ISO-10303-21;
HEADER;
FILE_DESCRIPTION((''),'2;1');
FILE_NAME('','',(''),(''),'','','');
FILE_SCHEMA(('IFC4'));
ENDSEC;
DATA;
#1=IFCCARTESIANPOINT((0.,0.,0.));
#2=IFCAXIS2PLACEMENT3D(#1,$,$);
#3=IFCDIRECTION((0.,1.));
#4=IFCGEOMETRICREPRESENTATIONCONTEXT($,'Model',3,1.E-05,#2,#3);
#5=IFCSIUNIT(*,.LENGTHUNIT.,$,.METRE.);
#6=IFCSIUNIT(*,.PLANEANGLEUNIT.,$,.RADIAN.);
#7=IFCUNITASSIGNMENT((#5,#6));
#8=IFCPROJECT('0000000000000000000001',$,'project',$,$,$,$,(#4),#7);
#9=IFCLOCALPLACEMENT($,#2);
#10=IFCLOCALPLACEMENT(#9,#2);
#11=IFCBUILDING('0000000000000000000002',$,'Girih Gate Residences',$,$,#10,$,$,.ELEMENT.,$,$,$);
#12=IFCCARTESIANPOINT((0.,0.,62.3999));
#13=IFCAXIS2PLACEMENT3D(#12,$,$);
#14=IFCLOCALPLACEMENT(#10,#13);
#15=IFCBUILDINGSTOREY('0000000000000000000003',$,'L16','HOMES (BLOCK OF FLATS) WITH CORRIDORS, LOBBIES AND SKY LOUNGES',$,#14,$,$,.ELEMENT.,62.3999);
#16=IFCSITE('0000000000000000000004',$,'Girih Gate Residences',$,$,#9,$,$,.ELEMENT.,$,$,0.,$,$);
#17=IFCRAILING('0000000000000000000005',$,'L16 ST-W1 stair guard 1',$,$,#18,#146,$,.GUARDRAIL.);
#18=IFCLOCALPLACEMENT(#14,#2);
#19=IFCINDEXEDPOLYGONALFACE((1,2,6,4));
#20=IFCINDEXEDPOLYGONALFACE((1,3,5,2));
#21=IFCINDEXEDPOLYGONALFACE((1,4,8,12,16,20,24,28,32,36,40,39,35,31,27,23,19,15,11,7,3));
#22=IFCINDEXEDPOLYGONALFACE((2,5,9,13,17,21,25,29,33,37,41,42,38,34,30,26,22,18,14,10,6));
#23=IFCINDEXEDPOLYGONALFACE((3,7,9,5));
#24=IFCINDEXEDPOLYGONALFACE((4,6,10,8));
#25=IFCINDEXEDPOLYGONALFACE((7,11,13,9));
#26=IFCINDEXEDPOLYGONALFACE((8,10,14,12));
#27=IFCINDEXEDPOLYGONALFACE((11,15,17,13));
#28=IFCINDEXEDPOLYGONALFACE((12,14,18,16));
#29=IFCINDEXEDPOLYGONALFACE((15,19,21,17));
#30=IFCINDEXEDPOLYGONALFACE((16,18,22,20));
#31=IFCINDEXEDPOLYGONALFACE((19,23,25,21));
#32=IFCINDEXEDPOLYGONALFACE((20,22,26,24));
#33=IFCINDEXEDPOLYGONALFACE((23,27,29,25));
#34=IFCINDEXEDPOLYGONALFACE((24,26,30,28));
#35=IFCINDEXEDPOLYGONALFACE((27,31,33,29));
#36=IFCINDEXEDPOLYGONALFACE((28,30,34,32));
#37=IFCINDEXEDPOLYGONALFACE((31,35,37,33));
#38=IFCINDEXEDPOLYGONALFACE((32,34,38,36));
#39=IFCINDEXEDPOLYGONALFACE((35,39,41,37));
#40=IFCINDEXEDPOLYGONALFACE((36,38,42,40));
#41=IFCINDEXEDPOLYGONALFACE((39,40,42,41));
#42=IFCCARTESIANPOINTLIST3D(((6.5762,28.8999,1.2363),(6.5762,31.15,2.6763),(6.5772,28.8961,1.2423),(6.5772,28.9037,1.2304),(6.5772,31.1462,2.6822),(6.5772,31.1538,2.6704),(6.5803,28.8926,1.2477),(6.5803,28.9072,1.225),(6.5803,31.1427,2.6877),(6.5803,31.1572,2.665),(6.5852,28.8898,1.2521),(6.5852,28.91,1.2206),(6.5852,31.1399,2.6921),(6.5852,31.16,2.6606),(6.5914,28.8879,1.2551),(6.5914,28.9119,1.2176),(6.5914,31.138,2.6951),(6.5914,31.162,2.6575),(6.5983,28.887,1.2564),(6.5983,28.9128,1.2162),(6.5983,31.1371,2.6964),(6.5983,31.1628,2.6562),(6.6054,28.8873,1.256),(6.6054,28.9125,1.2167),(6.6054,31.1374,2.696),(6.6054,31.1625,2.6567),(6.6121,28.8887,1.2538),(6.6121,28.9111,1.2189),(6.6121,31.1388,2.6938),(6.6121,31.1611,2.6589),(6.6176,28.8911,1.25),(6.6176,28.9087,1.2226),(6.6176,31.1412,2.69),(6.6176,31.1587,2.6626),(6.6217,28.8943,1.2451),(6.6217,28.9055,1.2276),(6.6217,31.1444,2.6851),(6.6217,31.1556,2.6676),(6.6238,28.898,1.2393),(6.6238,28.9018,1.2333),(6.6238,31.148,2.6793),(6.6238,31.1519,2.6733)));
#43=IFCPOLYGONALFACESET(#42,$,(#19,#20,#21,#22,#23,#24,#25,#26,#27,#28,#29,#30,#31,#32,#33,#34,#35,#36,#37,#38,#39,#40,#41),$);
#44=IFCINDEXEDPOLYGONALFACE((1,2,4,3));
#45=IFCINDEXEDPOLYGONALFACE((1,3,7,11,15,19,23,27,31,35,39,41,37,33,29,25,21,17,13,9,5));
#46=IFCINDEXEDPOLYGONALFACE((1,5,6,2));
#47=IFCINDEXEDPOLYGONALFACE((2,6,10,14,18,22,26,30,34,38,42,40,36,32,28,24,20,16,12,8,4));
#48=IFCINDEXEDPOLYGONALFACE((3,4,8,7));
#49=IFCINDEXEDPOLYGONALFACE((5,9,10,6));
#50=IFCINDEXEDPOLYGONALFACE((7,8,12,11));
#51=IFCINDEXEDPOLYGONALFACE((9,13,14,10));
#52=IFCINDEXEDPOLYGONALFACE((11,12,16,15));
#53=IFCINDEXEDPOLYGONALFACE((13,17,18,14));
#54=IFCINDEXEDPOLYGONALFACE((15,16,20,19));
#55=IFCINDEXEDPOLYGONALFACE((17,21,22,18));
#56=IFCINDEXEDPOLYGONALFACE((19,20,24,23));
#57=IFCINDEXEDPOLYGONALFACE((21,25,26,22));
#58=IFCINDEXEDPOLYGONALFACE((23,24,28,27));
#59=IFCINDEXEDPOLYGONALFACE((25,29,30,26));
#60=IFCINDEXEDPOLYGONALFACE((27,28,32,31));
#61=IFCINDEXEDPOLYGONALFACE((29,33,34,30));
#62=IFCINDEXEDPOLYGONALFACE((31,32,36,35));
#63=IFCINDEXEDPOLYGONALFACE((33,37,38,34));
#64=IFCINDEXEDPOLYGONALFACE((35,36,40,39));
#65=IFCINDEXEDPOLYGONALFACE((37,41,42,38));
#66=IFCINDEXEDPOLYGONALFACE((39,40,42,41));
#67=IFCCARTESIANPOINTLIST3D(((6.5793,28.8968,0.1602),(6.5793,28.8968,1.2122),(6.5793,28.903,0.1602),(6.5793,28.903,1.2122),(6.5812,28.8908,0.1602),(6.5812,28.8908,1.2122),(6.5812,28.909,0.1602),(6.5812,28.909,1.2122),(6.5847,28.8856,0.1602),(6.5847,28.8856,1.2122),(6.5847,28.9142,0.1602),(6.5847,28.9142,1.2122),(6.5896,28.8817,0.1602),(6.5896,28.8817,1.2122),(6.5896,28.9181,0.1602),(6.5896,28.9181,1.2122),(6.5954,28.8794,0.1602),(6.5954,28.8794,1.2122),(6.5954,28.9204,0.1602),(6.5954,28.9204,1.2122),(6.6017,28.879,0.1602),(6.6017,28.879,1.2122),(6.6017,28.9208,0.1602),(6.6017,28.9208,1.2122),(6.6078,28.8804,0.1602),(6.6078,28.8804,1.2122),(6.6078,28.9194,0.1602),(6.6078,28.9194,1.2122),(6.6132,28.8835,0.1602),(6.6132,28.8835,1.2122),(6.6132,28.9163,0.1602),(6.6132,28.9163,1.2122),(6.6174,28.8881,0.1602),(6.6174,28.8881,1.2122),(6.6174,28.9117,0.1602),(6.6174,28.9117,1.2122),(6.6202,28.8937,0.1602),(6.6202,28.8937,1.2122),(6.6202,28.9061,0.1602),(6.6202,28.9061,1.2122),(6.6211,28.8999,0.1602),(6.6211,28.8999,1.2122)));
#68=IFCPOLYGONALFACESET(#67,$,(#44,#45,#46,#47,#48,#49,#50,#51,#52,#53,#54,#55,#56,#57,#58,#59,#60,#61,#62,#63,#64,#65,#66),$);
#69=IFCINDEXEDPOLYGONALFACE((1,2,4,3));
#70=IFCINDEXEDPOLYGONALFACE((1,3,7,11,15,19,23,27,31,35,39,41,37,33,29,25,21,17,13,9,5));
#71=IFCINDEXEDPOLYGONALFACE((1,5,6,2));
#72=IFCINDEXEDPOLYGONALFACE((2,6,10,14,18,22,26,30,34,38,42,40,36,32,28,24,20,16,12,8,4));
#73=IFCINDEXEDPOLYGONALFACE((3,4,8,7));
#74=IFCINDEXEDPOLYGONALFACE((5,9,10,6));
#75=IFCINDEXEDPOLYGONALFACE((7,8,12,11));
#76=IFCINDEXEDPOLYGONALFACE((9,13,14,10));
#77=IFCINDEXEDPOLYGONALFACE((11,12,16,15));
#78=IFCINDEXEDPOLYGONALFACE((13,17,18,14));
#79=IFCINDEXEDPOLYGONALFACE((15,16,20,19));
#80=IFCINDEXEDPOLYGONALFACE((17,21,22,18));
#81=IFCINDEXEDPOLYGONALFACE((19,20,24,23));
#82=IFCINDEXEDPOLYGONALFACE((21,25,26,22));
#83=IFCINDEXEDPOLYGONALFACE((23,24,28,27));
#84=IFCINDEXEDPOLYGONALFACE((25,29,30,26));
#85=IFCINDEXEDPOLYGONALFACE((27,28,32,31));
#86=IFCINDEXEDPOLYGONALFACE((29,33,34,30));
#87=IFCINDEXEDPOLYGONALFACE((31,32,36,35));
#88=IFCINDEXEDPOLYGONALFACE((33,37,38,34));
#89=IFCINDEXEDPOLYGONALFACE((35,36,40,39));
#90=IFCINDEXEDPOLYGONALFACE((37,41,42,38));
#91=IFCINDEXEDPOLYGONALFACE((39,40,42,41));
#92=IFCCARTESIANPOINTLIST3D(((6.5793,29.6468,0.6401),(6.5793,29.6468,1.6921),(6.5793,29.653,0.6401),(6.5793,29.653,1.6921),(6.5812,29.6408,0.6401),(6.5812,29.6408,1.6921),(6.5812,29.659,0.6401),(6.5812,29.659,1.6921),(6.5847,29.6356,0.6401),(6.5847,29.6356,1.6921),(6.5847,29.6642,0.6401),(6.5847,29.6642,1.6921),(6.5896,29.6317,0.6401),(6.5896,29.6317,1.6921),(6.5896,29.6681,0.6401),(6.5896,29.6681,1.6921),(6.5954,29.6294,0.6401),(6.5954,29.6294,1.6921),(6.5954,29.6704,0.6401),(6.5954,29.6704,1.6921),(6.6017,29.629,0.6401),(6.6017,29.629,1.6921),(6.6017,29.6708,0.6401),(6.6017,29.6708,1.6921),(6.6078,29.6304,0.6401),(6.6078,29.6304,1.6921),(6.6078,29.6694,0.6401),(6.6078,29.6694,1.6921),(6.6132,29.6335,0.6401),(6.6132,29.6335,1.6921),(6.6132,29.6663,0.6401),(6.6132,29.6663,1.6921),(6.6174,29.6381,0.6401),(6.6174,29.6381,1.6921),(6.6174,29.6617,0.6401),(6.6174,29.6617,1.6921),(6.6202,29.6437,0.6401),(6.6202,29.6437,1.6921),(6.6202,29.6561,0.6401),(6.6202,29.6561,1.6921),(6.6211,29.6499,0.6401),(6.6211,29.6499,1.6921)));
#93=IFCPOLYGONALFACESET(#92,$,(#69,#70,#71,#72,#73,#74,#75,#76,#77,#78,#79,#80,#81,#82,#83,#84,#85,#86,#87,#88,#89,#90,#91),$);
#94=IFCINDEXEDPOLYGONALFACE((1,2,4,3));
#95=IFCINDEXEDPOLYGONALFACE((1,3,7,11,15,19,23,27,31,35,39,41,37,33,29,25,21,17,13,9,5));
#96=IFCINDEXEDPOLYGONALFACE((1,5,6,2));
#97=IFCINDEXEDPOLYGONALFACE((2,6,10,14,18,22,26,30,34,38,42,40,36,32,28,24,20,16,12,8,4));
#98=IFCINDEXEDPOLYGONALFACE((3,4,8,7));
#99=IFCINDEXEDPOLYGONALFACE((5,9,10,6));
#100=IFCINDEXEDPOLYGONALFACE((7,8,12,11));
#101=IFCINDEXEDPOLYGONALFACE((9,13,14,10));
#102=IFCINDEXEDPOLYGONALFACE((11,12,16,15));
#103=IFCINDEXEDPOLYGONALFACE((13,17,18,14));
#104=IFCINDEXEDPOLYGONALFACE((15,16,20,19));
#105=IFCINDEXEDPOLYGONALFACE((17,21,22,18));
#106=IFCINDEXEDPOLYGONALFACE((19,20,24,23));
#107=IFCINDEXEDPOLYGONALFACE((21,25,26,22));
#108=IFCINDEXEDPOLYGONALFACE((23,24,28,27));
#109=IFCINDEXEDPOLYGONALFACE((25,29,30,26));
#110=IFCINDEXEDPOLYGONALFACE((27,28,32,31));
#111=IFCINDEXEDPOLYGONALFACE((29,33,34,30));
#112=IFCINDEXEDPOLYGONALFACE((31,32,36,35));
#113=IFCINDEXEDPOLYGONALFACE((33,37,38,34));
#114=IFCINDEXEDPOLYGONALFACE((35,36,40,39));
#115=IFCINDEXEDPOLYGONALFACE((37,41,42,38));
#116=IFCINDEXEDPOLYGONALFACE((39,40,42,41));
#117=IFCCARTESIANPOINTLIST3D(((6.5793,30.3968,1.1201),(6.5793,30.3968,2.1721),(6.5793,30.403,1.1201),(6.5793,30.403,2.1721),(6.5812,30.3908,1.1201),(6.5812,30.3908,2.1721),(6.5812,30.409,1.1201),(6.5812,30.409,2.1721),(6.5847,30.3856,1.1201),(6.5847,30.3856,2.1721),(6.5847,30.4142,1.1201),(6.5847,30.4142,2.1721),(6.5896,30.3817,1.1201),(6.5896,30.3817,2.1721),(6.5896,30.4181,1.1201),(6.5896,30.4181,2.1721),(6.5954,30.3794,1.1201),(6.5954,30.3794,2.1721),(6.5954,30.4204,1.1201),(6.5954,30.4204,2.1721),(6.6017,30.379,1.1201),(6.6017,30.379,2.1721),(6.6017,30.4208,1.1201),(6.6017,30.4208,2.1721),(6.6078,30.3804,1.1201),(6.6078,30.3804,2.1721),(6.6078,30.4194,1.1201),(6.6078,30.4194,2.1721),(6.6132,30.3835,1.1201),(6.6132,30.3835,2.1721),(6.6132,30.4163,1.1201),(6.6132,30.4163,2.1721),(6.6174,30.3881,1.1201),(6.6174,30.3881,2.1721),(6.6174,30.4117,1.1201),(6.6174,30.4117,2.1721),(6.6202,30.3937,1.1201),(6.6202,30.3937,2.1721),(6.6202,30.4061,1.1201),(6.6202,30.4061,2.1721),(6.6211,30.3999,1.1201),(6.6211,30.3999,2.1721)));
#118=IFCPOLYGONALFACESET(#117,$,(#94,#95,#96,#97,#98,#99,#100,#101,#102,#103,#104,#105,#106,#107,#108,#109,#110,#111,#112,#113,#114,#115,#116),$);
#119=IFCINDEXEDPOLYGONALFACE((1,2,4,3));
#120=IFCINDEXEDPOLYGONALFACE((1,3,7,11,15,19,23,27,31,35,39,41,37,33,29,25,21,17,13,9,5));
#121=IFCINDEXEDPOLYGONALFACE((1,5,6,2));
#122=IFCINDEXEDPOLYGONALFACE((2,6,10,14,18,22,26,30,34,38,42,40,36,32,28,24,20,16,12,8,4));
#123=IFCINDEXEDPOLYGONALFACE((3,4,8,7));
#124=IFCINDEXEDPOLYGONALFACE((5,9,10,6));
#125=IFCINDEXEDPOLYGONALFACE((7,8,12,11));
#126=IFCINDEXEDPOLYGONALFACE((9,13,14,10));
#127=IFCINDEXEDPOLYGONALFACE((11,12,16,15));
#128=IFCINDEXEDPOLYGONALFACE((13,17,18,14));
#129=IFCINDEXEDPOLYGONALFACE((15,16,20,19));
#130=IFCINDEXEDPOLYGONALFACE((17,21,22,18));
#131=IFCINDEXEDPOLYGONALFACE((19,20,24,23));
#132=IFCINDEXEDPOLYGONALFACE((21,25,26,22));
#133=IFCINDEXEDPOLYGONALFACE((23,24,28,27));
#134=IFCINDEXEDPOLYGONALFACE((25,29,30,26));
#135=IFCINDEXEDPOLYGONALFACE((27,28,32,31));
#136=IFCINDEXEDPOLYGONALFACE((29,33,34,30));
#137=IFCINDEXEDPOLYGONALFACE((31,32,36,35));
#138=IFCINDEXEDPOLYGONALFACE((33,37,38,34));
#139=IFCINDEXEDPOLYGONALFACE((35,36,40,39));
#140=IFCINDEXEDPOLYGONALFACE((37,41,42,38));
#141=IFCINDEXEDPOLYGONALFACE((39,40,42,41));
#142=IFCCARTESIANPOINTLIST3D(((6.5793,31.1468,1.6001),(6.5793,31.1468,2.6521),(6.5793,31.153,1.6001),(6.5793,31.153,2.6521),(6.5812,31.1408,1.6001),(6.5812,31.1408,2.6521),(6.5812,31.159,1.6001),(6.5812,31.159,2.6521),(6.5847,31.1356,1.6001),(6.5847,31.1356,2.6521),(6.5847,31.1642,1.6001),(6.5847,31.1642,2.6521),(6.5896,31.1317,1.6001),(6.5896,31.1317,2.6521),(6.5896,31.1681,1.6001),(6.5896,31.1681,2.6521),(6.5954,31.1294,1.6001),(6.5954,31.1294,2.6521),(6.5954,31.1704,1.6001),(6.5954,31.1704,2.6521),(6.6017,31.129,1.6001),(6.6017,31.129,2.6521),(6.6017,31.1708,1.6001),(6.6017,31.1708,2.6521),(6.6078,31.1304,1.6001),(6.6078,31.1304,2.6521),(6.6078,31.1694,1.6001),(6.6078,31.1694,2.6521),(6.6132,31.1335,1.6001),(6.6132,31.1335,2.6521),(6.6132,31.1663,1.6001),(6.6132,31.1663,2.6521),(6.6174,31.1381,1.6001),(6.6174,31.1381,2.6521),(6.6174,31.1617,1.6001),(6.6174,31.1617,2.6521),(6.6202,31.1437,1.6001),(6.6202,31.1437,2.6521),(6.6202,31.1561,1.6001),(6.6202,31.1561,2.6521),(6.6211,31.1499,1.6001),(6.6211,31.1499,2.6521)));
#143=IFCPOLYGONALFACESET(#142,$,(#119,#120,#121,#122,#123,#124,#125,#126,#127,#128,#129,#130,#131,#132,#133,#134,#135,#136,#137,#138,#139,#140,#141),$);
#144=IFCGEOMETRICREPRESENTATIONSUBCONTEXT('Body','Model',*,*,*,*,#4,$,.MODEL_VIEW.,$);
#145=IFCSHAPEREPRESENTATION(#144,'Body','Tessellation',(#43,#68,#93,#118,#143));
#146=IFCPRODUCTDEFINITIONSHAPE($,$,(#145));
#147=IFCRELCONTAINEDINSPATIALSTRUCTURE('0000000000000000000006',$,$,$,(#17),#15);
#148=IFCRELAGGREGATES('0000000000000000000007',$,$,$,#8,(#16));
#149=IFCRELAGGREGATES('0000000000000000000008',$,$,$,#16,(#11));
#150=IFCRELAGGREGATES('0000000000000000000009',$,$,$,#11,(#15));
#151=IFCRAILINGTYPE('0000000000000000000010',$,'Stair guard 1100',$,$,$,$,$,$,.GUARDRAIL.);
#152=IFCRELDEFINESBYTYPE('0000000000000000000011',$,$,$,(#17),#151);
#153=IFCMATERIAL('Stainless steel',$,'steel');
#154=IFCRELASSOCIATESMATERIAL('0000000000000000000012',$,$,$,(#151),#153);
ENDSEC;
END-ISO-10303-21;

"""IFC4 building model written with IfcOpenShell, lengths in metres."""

from ifc_helpers import new_model, si_unit, direction, frame, origin, origin_2d, place, context, subcontext, project, spatial, circle, extrude, material, type_object, element, save


model = new_model("IFC4")

# Units and contexts
model_context = context("Model", 3, precision=1e-05, world=origin(), true_north=direction((0.0, 1.0)))
body_context = subcontext(model_context, "Body", "Model", "MODEL_VIEW")
ifc_project = project(units=[si_unit("LENGTHUNIT", "METRE"), si_unit("PLANEANGLEUNIT", "RADIAN")], contexts=[model_context])

# Site, building, storey
site_placement = place(None, origin())
site = spatial("IfcSite", under=ifc_project, at=site_placement, Name="Girih Gate Residences", CompositionType="ELEMENT", RefElevation=0.0)
building_placement = place(site_placement, origin())
building = spatial("IfcBuilding", under=site, at=building_placement, Name="Girih Gate Residences", CompositionType="ELEMENT")
storey_placement = place(building_placement, frame((0.0, 0.0, 62.3999)))
storey = spatial("IfcBuildingStorey", under=building, at=storey_placement, Name="L16", Description="HOMES (BLOCK OF FLATS) WITH CORRIDORS, LOBBIES AND SKY LOUNGES", CompositionType="ELEMENT", Elevation=62.3999)

# Railing
ifc_material_1 = material(Name="Stainless steel", Category="steel")
railing_type_1 = type_object("IfcRailingType", Name="Stair guard 1100", PredefinedType="GUARDRAIL", material=ifc_material_1)
railing_1_placement = place(storey_placement, frame((6.6001, 28.8999, 0.1602)))
element("IfcRailing", 1, at=railing_1_placement, inside=storey, type_object=railing_type_1, Name="L16 ST-W1 stair guard 1", PredefinedType="GUARDRAIL", context=body_context, shape_type="SweptSolid", body=[
    extrude(circle(Radius=0.0239, at=origin_2d()), frame((0.0, 0.0, 1.0762), z_axis=(0.0, 0.842281, 0.539038), x_axis=(-1.0, 0.0, 0.0)), (0.0, 0.0, 1.0), 2.6714),
    extrude(circle(Radius=0.021, at=origin_2d()), origin(), (0.0, 0.0, 1.0), 1.052),
    extrude(circle(Radius=0.021, at=origin_2d()), frame((0.0, 0.75, 0.48)), (0.0, 0.0, 1.0), 1.052),
    extrude(circle(Radius=0.021, at=origin_2d()), frame((0.0, 1.5, 0.96)), (0.0, 0.0, 1.0), 1.052),
    extrude(circle(Radius=0.021, at=origin_2d()), frame((0.0, 2.25, 1.4399)), (0.0, 0.0, 1.0), 1.052),
])

save(model, "model.ifc")
